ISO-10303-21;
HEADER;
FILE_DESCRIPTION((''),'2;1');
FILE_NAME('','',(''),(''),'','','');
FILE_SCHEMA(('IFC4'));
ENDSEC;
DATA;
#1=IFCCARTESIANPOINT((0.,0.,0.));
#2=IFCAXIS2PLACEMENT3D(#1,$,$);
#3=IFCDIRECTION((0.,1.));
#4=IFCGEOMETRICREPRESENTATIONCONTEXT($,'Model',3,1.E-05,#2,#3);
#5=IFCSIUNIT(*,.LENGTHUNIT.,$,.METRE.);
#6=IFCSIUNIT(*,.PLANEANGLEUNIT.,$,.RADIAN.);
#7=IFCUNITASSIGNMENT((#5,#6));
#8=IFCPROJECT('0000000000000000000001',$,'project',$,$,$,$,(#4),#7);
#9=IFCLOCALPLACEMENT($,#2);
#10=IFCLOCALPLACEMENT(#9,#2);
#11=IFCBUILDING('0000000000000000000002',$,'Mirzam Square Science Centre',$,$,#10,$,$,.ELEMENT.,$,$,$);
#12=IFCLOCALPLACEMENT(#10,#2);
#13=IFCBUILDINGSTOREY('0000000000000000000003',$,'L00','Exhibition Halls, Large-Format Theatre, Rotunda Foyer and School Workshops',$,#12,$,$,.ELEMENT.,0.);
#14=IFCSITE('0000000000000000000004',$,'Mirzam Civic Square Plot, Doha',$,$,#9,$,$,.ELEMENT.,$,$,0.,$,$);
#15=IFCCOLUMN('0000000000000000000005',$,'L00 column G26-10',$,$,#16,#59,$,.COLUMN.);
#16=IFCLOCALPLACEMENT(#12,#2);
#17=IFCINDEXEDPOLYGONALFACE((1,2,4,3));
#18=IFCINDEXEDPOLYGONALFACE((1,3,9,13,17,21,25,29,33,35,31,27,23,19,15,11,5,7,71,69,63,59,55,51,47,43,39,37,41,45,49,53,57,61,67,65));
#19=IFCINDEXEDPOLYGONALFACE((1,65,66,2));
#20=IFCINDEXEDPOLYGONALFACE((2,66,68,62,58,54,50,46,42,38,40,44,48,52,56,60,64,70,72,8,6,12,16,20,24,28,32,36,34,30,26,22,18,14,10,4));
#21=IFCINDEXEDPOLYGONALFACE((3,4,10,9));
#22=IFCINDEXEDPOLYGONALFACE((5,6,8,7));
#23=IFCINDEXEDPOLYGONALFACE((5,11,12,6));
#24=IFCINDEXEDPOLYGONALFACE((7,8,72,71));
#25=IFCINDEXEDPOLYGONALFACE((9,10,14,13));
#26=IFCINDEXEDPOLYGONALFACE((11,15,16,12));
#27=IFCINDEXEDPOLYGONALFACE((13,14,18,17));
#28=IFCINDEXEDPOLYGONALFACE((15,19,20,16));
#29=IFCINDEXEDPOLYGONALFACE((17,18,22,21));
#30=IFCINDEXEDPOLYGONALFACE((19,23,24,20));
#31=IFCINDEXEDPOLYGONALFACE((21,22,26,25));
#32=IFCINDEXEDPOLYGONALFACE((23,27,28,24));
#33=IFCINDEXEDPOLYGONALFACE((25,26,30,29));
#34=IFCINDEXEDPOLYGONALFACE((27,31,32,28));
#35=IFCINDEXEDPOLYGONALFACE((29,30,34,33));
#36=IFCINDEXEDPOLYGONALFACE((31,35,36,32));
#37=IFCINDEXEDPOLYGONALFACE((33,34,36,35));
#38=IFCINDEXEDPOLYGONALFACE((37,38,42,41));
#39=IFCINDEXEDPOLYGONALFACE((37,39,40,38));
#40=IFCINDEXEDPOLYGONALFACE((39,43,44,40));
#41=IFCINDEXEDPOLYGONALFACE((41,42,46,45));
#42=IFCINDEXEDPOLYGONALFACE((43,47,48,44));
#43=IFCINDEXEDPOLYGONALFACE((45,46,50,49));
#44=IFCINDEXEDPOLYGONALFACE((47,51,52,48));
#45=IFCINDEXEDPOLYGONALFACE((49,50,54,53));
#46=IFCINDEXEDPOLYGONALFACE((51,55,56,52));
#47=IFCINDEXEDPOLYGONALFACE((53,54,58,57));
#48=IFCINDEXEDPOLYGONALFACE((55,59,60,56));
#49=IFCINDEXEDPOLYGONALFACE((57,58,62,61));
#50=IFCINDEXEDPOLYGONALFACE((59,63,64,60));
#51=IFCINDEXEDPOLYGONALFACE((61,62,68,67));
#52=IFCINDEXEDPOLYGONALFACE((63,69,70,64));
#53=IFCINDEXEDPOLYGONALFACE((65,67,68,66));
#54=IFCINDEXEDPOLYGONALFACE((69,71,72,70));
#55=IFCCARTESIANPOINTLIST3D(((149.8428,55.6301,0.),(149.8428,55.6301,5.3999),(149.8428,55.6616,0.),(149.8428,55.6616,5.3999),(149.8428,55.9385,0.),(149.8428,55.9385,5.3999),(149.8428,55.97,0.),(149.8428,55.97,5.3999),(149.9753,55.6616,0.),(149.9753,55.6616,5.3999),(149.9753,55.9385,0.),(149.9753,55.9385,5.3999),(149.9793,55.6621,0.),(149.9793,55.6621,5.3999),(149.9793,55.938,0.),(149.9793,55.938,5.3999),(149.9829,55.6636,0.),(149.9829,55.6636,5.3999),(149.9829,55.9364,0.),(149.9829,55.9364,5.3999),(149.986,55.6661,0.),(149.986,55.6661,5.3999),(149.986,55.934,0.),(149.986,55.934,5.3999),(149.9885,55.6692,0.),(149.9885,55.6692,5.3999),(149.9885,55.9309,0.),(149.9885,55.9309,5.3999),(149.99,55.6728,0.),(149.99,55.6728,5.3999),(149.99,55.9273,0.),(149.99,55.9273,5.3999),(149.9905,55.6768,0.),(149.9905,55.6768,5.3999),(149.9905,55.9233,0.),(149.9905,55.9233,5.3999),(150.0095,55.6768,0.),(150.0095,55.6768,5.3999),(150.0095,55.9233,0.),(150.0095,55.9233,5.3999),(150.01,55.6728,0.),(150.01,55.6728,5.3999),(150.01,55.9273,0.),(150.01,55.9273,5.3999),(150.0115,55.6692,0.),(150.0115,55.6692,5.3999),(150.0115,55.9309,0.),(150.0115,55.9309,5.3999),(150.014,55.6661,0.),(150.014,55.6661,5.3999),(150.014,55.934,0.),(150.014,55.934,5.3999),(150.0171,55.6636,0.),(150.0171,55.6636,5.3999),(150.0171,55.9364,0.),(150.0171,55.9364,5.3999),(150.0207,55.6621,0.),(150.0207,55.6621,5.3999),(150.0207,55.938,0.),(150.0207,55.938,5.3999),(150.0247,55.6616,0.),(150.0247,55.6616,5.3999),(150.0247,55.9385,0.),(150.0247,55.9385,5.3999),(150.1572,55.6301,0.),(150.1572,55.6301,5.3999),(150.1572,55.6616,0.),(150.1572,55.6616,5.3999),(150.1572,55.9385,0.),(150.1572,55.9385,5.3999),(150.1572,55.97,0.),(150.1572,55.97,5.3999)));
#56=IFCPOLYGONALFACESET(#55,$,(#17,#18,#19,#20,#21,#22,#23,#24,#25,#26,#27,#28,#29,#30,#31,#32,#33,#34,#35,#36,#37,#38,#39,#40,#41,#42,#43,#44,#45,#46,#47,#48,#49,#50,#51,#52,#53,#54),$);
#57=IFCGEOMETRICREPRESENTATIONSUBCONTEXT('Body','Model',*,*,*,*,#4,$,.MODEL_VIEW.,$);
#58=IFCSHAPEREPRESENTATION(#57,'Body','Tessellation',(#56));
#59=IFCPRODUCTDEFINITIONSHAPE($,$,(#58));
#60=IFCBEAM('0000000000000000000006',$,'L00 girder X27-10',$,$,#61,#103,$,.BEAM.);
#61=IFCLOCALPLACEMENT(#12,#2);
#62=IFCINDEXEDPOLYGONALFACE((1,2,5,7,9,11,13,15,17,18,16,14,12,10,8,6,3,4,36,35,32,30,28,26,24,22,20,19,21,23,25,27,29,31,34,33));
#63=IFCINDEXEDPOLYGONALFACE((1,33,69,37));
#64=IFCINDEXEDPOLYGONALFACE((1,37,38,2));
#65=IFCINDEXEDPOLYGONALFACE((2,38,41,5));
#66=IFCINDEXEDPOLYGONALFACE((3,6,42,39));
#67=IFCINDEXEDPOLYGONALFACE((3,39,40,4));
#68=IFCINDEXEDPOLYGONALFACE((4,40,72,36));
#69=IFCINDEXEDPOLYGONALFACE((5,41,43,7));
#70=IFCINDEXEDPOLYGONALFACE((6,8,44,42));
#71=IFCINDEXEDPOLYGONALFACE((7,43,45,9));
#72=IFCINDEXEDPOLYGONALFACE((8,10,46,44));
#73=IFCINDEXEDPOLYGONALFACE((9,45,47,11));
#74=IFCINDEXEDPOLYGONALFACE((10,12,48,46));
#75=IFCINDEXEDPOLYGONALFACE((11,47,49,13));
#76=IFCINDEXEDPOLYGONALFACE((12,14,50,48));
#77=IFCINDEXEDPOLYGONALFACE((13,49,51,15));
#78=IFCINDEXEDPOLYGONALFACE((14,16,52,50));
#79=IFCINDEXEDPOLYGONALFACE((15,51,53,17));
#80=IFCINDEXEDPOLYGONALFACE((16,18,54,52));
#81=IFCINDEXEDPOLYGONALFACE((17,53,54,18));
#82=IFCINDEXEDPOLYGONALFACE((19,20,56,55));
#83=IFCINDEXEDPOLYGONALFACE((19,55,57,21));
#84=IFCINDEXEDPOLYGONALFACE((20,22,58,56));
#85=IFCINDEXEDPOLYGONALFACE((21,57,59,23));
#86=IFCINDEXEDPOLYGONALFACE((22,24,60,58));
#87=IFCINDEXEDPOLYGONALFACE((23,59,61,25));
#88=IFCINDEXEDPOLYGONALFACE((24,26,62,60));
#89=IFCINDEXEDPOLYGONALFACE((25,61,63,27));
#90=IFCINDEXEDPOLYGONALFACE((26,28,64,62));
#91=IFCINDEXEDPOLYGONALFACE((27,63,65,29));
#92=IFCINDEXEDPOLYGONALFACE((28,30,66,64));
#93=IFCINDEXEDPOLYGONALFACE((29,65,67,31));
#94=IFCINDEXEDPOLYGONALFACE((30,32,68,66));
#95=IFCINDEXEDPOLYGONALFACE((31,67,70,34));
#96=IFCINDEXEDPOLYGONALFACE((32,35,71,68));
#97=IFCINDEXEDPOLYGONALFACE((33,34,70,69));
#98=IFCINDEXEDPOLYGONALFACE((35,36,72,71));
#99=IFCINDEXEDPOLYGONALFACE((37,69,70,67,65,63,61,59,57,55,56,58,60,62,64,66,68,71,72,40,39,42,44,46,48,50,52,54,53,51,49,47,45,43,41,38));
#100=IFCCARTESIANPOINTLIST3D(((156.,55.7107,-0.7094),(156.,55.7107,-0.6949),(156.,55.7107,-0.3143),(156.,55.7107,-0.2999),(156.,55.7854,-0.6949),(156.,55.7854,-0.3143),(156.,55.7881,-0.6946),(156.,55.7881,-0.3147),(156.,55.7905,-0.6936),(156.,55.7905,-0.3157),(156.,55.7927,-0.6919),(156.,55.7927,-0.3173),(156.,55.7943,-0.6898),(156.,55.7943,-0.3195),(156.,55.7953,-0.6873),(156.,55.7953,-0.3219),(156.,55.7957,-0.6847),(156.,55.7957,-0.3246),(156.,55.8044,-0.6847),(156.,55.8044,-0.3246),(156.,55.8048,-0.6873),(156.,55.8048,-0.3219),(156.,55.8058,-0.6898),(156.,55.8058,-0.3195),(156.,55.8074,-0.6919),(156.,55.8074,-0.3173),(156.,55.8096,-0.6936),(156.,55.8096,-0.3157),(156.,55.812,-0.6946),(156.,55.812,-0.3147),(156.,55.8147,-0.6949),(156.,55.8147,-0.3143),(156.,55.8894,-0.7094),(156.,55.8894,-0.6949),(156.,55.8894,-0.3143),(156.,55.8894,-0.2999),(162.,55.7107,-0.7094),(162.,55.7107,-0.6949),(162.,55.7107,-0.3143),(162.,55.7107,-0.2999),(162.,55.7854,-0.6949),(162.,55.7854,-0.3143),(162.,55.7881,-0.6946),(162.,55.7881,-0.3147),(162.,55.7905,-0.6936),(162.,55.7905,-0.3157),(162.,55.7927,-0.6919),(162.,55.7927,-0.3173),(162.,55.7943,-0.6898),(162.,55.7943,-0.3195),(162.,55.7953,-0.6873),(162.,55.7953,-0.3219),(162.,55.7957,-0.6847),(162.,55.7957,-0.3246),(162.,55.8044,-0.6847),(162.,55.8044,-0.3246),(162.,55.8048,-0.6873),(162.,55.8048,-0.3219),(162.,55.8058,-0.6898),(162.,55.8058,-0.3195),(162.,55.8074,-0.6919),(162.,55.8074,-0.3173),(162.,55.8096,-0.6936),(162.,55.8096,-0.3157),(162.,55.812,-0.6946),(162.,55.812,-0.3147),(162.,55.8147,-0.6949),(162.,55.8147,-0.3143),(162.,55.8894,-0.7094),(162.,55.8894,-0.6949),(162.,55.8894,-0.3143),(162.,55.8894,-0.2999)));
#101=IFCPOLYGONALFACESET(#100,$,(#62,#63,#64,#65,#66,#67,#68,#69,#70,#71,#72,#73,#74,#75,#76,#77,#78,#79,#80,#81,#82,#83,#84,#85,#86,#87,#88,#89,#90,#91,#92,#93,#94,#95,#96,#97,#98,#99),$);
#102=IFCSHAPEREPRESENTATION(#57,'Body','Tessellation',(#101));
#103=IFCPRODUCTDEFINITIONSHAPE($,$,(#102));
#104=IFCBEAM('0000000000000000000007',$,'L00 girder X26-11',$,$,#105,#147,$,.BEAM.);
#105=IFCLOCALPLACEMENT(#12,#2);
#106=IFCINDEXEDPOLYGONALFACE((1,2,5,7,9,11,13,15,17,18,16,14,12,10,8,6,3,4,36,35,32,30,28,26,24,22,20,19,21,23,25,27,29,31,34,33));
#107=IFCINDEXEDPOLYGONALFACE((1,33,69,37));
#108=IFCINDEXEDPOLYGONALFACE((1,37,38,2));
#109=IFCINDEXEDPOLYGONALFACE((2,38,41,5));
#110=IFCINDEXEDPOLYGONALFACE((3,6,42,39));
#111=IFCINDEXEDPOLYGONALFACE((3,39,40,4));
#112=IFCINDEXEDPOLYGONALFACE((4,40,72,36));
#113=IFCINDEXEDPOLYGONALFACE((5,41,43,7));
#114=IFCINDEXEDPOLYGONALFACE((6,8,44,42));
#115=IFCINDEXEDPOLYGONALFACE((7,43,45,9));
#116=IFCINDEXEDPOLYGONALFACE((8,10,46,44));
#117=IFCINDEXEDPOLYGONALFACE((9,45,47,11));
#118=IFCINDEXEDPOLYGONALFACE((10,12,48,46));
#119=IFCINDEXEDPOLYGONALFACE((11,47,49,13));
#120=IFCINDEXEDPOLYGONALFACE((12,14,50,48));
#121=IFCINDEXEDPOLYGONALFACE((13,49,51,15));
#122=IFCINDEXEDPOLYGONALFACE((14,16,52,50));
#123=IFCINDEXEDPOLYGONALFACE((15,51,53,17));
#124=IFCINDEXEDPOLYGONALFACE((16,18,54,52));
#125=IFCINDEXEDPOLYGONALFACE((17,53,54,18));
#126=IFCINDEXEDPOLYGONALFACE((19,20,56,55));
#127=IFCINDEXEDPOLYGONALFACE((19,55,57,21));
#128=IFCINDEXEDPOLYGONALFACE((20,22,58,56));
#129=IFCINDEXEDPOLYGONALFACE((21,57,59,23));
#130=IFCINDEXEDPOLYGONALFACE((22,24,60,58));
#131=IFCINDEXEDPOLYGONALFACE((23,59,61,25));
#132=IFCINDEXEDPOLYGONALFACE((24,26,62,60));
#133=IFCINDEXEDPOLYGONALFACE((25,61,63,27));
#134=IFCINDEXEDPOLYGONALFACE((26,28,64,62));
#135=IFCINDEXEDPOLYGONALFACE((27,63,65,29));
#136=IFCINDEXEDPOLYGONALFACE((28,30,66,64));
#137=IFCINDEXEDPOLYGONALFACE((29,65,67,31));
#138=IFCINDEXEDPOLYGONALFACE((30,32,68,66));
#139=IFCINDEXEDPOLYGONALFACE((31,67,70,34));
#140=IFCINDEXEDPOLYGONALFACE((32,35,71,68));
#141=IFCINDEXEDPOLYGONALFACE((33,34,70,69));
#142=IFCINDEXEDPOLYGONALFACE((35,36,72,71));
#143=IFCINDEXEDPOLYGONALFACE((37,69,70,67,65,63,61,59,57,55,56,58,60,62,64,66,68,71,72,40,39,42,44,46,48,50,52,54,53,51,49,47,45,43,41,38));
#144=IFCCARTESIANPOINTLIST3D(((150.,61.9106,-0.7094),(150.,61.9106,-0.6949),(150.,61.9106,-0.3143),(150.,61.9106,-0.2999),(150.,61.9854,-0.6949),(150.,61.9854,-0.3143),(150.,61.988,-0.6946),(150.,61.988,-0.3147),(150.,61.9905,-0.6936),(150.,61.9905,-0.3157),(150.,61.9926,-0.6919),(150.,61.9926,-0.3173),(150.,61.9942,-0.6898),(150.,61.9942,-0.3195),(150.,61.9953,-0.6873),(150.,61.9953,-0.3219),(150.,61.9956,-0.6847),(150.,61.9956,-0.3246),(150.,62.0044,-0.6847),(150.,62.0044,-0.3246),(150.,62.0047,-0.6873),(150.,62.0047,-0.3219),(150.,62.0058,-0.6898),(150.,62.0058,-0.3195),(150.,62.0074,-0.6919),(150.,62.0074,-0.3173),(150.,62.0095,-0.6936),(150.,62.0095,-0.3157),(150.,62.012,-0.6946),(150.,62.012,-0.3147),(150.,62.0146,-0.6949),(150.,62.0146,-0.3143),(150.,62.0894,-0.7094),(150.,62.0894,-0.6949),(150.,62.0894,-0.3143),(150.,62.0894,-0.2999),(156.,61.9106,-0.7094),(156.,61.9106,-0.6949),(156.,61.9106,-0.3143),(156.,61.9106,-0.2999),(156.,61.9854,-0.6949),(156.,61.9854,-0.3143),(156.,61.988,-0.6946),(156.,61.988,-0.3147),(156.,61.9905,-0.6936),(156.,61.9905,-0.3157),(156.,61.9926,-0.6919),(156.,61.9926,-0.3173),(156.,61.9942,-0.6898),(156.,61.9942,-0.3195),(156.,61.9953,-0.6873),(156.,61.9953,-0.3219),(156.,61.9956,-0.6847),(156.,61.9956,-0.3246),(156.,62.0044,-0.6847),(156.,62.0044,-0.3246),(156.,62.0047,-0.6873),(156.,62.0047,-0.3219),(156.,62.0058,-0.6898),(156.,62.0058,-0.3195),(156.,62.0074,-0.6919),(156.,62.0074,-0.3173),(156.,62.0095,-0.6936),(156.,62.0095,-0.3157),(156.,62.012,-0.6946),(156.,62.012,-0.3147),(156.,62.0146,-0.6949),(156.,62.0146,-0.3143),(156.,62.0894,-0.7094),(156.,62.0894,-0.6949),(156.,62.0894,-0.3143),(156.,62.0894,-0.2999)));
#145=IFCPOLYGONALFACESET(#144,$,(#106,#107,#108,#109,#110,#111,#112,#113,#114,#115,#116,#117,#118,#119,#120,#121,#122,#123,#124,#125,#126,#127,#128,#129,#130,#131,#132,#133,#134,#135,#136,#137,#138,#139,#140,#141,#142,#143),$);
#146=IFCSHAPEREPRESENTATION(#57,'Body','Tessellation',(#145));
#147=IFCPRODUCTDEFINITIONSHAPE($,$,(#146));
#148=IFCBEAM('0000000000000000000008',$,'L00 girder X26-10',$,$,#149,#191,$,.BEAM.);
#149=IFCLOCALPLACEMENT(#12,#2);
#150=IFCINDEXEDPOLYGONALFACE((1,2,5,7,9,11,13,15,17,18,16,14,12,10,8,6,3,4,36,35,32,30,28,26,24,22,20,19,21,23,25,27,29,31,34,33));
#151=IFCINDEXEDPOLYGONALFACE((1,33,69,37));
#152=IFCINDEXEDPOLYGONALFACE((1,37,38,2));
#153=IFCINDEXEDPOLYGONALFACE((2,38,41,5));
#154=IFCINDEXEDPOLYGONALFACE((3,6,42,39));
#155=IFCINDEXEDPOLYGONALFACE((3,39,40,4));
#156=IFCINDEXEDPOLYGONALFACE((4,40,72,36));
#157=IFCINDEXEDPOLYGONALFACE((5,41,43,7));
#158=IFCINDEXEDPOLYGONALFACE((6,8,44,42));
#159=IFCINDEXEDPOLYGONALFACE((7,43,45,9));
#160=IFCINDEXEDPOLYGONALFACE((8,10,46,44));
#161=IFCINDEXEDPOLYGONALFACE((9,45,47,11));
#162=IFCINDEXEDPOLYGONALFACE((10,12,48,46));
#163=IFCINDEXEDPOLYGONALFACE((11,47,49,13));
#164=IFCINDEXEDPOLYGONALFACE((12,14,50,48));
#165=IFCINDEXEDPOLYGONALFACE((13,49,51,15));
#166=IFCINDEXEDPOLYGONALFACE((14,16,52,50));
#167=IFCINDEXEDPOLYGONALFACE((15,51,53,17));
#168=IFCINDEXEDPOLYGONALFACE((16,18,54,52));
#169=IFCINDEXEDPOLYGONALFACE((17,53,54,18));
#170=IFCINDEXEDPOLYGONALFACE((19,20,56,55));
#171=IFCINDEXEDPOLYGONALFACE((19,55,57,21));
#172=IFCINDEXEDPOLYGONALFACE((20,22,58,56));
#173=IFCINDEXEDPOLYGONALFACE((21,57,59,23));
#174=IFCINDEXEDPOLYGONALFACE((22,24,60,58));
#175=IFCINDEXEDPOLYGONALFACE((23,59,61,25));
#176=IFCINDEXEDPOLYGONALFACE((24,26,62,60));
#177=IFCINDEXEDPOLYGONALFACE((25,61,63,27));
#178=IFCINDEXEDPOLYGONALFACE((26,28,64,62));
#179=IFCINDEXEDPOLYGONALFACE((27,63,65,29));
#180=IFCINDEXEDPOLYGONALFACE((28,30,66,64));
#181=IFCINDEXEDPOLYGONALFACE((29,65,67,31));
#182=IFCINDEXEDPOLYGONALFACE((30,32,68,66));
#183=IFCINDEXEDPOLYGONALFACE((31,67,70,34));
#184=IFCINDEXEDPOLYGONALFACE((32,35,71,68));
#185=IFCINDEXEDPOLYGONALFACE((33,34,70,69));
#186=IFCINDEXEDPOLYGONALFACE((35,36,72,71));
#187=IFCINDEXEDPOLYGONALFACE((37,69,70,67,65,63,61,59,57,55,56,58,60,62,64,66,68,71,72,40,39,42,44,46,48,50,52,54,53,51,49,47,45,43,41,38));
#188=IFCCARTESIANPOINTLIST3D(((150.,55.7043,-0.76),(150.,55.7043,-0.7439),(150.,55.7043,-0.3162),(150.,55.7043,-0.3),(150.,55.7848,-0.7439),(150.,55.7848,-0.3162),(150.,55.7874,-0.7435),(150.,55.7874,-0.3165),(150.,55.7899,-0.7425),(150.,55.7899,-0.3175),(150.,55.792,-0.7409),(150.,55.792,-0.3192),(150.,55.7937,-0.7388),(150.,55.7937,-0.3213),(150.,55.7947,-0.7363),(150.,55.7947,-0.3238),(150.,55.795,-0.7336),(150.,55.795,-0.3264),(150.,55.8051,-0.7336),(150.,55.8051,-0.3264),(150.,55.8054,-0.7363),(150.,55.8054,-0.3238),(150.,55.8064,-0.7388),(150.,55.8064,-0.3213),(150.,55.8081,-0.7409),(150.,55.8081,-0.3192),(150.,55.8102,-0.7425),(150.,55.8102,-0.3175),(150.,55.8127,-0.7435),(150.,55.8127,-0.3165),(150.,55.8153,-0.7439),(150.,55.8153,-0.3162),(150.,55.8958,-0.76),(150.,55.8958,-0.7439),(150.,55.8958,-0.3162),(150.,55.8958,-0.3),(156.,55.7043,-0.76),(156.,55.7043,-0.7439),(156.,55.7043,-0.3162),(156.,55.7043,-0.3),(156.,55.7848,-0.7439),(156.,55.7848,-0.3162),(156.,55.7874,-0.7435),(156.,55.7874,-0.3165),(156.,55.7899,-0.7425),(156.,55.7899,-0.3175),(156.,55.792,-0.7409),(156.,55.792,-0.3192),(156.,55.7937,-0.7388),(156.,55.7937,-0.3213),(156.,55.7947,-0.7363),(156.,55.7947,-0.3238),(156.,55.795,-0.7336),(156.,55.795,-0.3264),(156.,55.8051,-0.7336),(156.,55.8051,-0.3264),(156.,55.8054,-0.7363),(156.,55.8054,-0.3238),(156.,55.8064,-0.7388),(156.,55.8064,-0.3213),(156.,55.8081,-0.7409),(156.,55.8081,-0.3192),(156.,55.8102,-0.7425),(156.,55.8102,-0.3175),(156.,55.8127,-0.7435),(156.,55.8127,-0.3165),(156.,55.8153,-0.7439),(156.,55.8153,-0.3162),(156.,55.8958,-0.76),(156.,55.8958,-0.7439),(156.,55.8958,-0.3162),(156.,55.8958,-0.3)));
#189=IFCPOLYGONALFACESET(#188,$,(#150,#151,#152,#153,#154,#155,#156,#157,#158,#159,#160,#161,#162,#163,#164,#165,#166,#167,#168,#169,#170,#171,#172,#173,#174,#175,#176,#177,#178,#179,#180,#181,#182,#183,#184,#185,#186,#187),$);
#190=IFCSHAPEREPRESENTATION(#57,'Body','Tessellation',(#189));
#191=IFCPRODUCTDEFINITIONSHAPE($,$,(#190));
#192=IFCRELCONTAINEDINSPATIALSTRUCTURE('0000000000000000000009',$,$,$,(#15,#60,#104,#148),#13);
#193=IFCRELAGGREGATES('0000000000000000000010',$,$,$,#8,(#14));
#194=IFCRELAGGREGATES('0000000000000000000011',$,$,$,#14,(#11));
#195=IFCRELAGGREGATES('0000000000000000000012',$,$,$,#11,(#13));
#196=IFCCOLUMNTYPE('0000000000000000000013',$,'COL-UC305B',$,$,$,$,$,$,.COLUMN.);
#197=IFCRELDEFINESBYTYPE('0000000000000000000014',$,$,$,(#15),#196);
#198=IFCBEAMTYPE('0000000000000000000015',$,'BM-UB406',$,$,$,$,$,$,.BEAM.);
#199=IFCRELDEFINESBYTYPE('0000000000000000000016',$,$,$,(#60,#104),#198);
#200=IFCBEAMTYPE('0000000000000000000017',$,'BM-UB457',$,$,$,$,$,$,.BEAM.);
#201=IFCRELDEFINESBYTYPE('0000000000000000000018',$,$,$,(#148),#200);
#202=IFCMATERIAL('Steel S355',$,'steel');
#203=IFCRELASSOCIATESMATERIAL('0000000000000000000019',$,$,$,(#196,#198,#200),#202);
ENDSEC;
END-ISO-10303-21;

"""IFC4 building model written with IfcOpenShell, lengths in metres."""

from ifc_helpers import new_model, si_unit, direction, frame, origin, origin_2d, place, context, subcontext, project, spatial, i_section, extrude, material, material_profile, profile_set, type_object, element, save


model = new_model("IFC4")

# Units and contexts
model_context = context("Model", 3, precision=1e-05, world=origin(), true_north=direction((0.0, 1.0)))
body_context = subcontext(model_context, "Body", "Model", "MODEL_VIEW")
ifc_project = project(units=[si_unit("LENGTHUNIT", "METRE"), si_unit("PLANEANGLEUNIT", "RADIAN")], contexts=[model_context])

# Site, building, storey
site_placement = place(None, origin())
site = spatial("IfcSite", under=ifc_project, at=site_placement, Name="Mirzam Civic Square Plot, Doha", CompositionType="ELEMENT", RefElevation=0.0)
building_placement = place(site_placement, origin())
building = spatial("IfcBuilding", under=site, at=building_placement, Name="Mirzam Square Science Centre", CompositionType="ELEMENT")
storey_placement = place(building_placement, origin())
storey = spatial("IfcBuildingStorey", under=building, at=storey_placement, Name="L00", Description="Exhibition Halls, Large-Format Theatre, Rotunda Foyer and School Workshops", CompositionType="ELEMENT", Elevation=0.0)

# Column
ifc_material_1 = material(Name="Steel S355", Category="steel")
ifc_material_profile_1 = material_profile(ifc_material_1, i_section(OverallWidth=0.3145, OverallDepth=0.3398, WebThickness=0.019, FlangeThickness=0.0315, FilletRadius=0.0151, at=origin_2d()), Name="305x305x198UC")
ifc_profile_set_1 = profile_set([ifc_material_profile_1], Name="Steel S355")
column_type_1 = type_object("IfcColumnType", Name="COL-UC305B", PredefinedType="COLUMN", material=ifc_profile_set_1)
column_1_placement = place(storey_placement, frame((150.0, 55.8, 0.0), z_axis=(0.0, 0.0, 1.0), x_axis=(1.0, 0.0, 0.0)))
element("IfcColumn", 1, at=column_1_placement, inside=storey, type_object=column_type_1, Name="L00 column G26-10", PredefinedType="COLUMN", context=body_context, shape_type="SweptSolid", body=[
    extrude(i_section(OverallWidth=0.3145, OverallDepth=0.3398, WebThickness=0.019, FlangeThickness=0.0315, FilletRadius=0.0151, at=origin_2d()), origin(), (0.0, 0.0, 1.0), 5.3999),
])

# Beams
ifc_material_profile_2 = material_profile(ifc_material_1, i_section(OverallWidth=0.1787, OverallDepth=0.4094, WebThickness=0.0088, FlangeThickness=0.0144, FilletRadius=0.0103, at=origin_2d()), Name="406x178x67UB")
ifc_profile_set_2 = profile_set([ifc_material_profile_2], Name="Steel S355")
beam_type_1 = type_object("IfcBeamType", Name="BM-UB406", PredefinedType="BEAM", material=ifc_profile_set_2)
for number, where, z_axis, x_axis, name in (
    (2, (156.0, 55.8, -0.5046), (1.0, 0.0, 0.0), (0.0, 1.0, 0.0), "L00 girder X27-10"),
    (3, (150.0, 62.0, -0.5046), (1.0, 0.0, 0.0), (0.0, 1.0, 0.0), "L00 girder X26-11"),
):
    element("IfcBeam", number, at=place(storey_placement, frame(where, z_axis=z_axis, x_axis=x_axis)), inside=storey, type_object=beam_type_1, Name=name, PredefinedType="BEAM", context=body_context, shape_type="SweptSolid", body=[
        extrude(i_section(OverallWidth=0.1787, OverallDepth=0.4094, WebThickness=0.0088, FlangeThickness=0.0144, FilletRadius=0.0103, at=origin_2d()), origin(), (0.0, 0.0, 1.0), 6.0),
    ])
ifc_material_profile_3 = material_profile(ifc_material_1, i_section(OverallWidth=0.1914, OverallDepth=0.46, WebThickness=0.01, FlangeThickness=0.0161, FilletRadius=0.0103, at=origin_2d()), Name="457x191x82UB")
ifc_profile_set_3 = profile_set([ifc_material_profile_3], Name="Steel S355")
beam_type_2 = type_object("IfcBeamType", Name="BM-UB457", PredefinedType="BEAM", material=ifc_profile_set_3)
beam_1_placement = place(storey_placement, frame((150.0, 55.8, -0.53), z_axis=(1.0, 0.0, 0.0), x_axis=(0.0, 1.0, 0.0)))
element("IfcBeam", 4, at=beam_1_placement, inside=storey, type_object=beam_type_2, Name="L00 girder X26-10", PredefinedType="BEAM", context=body_context, shape_type="SweptSolid", body=[
    extrude(i_section(OverallWidth=0.1914, OverallDepth=0.46, WebThickness=0.01, FlangeThickness=0.0161, FilletRadius=0.0103, at=origin_2d()), origin(), (0.0, 0.0, 1.0), 6.0),
])

save(model, "model.ifc")
